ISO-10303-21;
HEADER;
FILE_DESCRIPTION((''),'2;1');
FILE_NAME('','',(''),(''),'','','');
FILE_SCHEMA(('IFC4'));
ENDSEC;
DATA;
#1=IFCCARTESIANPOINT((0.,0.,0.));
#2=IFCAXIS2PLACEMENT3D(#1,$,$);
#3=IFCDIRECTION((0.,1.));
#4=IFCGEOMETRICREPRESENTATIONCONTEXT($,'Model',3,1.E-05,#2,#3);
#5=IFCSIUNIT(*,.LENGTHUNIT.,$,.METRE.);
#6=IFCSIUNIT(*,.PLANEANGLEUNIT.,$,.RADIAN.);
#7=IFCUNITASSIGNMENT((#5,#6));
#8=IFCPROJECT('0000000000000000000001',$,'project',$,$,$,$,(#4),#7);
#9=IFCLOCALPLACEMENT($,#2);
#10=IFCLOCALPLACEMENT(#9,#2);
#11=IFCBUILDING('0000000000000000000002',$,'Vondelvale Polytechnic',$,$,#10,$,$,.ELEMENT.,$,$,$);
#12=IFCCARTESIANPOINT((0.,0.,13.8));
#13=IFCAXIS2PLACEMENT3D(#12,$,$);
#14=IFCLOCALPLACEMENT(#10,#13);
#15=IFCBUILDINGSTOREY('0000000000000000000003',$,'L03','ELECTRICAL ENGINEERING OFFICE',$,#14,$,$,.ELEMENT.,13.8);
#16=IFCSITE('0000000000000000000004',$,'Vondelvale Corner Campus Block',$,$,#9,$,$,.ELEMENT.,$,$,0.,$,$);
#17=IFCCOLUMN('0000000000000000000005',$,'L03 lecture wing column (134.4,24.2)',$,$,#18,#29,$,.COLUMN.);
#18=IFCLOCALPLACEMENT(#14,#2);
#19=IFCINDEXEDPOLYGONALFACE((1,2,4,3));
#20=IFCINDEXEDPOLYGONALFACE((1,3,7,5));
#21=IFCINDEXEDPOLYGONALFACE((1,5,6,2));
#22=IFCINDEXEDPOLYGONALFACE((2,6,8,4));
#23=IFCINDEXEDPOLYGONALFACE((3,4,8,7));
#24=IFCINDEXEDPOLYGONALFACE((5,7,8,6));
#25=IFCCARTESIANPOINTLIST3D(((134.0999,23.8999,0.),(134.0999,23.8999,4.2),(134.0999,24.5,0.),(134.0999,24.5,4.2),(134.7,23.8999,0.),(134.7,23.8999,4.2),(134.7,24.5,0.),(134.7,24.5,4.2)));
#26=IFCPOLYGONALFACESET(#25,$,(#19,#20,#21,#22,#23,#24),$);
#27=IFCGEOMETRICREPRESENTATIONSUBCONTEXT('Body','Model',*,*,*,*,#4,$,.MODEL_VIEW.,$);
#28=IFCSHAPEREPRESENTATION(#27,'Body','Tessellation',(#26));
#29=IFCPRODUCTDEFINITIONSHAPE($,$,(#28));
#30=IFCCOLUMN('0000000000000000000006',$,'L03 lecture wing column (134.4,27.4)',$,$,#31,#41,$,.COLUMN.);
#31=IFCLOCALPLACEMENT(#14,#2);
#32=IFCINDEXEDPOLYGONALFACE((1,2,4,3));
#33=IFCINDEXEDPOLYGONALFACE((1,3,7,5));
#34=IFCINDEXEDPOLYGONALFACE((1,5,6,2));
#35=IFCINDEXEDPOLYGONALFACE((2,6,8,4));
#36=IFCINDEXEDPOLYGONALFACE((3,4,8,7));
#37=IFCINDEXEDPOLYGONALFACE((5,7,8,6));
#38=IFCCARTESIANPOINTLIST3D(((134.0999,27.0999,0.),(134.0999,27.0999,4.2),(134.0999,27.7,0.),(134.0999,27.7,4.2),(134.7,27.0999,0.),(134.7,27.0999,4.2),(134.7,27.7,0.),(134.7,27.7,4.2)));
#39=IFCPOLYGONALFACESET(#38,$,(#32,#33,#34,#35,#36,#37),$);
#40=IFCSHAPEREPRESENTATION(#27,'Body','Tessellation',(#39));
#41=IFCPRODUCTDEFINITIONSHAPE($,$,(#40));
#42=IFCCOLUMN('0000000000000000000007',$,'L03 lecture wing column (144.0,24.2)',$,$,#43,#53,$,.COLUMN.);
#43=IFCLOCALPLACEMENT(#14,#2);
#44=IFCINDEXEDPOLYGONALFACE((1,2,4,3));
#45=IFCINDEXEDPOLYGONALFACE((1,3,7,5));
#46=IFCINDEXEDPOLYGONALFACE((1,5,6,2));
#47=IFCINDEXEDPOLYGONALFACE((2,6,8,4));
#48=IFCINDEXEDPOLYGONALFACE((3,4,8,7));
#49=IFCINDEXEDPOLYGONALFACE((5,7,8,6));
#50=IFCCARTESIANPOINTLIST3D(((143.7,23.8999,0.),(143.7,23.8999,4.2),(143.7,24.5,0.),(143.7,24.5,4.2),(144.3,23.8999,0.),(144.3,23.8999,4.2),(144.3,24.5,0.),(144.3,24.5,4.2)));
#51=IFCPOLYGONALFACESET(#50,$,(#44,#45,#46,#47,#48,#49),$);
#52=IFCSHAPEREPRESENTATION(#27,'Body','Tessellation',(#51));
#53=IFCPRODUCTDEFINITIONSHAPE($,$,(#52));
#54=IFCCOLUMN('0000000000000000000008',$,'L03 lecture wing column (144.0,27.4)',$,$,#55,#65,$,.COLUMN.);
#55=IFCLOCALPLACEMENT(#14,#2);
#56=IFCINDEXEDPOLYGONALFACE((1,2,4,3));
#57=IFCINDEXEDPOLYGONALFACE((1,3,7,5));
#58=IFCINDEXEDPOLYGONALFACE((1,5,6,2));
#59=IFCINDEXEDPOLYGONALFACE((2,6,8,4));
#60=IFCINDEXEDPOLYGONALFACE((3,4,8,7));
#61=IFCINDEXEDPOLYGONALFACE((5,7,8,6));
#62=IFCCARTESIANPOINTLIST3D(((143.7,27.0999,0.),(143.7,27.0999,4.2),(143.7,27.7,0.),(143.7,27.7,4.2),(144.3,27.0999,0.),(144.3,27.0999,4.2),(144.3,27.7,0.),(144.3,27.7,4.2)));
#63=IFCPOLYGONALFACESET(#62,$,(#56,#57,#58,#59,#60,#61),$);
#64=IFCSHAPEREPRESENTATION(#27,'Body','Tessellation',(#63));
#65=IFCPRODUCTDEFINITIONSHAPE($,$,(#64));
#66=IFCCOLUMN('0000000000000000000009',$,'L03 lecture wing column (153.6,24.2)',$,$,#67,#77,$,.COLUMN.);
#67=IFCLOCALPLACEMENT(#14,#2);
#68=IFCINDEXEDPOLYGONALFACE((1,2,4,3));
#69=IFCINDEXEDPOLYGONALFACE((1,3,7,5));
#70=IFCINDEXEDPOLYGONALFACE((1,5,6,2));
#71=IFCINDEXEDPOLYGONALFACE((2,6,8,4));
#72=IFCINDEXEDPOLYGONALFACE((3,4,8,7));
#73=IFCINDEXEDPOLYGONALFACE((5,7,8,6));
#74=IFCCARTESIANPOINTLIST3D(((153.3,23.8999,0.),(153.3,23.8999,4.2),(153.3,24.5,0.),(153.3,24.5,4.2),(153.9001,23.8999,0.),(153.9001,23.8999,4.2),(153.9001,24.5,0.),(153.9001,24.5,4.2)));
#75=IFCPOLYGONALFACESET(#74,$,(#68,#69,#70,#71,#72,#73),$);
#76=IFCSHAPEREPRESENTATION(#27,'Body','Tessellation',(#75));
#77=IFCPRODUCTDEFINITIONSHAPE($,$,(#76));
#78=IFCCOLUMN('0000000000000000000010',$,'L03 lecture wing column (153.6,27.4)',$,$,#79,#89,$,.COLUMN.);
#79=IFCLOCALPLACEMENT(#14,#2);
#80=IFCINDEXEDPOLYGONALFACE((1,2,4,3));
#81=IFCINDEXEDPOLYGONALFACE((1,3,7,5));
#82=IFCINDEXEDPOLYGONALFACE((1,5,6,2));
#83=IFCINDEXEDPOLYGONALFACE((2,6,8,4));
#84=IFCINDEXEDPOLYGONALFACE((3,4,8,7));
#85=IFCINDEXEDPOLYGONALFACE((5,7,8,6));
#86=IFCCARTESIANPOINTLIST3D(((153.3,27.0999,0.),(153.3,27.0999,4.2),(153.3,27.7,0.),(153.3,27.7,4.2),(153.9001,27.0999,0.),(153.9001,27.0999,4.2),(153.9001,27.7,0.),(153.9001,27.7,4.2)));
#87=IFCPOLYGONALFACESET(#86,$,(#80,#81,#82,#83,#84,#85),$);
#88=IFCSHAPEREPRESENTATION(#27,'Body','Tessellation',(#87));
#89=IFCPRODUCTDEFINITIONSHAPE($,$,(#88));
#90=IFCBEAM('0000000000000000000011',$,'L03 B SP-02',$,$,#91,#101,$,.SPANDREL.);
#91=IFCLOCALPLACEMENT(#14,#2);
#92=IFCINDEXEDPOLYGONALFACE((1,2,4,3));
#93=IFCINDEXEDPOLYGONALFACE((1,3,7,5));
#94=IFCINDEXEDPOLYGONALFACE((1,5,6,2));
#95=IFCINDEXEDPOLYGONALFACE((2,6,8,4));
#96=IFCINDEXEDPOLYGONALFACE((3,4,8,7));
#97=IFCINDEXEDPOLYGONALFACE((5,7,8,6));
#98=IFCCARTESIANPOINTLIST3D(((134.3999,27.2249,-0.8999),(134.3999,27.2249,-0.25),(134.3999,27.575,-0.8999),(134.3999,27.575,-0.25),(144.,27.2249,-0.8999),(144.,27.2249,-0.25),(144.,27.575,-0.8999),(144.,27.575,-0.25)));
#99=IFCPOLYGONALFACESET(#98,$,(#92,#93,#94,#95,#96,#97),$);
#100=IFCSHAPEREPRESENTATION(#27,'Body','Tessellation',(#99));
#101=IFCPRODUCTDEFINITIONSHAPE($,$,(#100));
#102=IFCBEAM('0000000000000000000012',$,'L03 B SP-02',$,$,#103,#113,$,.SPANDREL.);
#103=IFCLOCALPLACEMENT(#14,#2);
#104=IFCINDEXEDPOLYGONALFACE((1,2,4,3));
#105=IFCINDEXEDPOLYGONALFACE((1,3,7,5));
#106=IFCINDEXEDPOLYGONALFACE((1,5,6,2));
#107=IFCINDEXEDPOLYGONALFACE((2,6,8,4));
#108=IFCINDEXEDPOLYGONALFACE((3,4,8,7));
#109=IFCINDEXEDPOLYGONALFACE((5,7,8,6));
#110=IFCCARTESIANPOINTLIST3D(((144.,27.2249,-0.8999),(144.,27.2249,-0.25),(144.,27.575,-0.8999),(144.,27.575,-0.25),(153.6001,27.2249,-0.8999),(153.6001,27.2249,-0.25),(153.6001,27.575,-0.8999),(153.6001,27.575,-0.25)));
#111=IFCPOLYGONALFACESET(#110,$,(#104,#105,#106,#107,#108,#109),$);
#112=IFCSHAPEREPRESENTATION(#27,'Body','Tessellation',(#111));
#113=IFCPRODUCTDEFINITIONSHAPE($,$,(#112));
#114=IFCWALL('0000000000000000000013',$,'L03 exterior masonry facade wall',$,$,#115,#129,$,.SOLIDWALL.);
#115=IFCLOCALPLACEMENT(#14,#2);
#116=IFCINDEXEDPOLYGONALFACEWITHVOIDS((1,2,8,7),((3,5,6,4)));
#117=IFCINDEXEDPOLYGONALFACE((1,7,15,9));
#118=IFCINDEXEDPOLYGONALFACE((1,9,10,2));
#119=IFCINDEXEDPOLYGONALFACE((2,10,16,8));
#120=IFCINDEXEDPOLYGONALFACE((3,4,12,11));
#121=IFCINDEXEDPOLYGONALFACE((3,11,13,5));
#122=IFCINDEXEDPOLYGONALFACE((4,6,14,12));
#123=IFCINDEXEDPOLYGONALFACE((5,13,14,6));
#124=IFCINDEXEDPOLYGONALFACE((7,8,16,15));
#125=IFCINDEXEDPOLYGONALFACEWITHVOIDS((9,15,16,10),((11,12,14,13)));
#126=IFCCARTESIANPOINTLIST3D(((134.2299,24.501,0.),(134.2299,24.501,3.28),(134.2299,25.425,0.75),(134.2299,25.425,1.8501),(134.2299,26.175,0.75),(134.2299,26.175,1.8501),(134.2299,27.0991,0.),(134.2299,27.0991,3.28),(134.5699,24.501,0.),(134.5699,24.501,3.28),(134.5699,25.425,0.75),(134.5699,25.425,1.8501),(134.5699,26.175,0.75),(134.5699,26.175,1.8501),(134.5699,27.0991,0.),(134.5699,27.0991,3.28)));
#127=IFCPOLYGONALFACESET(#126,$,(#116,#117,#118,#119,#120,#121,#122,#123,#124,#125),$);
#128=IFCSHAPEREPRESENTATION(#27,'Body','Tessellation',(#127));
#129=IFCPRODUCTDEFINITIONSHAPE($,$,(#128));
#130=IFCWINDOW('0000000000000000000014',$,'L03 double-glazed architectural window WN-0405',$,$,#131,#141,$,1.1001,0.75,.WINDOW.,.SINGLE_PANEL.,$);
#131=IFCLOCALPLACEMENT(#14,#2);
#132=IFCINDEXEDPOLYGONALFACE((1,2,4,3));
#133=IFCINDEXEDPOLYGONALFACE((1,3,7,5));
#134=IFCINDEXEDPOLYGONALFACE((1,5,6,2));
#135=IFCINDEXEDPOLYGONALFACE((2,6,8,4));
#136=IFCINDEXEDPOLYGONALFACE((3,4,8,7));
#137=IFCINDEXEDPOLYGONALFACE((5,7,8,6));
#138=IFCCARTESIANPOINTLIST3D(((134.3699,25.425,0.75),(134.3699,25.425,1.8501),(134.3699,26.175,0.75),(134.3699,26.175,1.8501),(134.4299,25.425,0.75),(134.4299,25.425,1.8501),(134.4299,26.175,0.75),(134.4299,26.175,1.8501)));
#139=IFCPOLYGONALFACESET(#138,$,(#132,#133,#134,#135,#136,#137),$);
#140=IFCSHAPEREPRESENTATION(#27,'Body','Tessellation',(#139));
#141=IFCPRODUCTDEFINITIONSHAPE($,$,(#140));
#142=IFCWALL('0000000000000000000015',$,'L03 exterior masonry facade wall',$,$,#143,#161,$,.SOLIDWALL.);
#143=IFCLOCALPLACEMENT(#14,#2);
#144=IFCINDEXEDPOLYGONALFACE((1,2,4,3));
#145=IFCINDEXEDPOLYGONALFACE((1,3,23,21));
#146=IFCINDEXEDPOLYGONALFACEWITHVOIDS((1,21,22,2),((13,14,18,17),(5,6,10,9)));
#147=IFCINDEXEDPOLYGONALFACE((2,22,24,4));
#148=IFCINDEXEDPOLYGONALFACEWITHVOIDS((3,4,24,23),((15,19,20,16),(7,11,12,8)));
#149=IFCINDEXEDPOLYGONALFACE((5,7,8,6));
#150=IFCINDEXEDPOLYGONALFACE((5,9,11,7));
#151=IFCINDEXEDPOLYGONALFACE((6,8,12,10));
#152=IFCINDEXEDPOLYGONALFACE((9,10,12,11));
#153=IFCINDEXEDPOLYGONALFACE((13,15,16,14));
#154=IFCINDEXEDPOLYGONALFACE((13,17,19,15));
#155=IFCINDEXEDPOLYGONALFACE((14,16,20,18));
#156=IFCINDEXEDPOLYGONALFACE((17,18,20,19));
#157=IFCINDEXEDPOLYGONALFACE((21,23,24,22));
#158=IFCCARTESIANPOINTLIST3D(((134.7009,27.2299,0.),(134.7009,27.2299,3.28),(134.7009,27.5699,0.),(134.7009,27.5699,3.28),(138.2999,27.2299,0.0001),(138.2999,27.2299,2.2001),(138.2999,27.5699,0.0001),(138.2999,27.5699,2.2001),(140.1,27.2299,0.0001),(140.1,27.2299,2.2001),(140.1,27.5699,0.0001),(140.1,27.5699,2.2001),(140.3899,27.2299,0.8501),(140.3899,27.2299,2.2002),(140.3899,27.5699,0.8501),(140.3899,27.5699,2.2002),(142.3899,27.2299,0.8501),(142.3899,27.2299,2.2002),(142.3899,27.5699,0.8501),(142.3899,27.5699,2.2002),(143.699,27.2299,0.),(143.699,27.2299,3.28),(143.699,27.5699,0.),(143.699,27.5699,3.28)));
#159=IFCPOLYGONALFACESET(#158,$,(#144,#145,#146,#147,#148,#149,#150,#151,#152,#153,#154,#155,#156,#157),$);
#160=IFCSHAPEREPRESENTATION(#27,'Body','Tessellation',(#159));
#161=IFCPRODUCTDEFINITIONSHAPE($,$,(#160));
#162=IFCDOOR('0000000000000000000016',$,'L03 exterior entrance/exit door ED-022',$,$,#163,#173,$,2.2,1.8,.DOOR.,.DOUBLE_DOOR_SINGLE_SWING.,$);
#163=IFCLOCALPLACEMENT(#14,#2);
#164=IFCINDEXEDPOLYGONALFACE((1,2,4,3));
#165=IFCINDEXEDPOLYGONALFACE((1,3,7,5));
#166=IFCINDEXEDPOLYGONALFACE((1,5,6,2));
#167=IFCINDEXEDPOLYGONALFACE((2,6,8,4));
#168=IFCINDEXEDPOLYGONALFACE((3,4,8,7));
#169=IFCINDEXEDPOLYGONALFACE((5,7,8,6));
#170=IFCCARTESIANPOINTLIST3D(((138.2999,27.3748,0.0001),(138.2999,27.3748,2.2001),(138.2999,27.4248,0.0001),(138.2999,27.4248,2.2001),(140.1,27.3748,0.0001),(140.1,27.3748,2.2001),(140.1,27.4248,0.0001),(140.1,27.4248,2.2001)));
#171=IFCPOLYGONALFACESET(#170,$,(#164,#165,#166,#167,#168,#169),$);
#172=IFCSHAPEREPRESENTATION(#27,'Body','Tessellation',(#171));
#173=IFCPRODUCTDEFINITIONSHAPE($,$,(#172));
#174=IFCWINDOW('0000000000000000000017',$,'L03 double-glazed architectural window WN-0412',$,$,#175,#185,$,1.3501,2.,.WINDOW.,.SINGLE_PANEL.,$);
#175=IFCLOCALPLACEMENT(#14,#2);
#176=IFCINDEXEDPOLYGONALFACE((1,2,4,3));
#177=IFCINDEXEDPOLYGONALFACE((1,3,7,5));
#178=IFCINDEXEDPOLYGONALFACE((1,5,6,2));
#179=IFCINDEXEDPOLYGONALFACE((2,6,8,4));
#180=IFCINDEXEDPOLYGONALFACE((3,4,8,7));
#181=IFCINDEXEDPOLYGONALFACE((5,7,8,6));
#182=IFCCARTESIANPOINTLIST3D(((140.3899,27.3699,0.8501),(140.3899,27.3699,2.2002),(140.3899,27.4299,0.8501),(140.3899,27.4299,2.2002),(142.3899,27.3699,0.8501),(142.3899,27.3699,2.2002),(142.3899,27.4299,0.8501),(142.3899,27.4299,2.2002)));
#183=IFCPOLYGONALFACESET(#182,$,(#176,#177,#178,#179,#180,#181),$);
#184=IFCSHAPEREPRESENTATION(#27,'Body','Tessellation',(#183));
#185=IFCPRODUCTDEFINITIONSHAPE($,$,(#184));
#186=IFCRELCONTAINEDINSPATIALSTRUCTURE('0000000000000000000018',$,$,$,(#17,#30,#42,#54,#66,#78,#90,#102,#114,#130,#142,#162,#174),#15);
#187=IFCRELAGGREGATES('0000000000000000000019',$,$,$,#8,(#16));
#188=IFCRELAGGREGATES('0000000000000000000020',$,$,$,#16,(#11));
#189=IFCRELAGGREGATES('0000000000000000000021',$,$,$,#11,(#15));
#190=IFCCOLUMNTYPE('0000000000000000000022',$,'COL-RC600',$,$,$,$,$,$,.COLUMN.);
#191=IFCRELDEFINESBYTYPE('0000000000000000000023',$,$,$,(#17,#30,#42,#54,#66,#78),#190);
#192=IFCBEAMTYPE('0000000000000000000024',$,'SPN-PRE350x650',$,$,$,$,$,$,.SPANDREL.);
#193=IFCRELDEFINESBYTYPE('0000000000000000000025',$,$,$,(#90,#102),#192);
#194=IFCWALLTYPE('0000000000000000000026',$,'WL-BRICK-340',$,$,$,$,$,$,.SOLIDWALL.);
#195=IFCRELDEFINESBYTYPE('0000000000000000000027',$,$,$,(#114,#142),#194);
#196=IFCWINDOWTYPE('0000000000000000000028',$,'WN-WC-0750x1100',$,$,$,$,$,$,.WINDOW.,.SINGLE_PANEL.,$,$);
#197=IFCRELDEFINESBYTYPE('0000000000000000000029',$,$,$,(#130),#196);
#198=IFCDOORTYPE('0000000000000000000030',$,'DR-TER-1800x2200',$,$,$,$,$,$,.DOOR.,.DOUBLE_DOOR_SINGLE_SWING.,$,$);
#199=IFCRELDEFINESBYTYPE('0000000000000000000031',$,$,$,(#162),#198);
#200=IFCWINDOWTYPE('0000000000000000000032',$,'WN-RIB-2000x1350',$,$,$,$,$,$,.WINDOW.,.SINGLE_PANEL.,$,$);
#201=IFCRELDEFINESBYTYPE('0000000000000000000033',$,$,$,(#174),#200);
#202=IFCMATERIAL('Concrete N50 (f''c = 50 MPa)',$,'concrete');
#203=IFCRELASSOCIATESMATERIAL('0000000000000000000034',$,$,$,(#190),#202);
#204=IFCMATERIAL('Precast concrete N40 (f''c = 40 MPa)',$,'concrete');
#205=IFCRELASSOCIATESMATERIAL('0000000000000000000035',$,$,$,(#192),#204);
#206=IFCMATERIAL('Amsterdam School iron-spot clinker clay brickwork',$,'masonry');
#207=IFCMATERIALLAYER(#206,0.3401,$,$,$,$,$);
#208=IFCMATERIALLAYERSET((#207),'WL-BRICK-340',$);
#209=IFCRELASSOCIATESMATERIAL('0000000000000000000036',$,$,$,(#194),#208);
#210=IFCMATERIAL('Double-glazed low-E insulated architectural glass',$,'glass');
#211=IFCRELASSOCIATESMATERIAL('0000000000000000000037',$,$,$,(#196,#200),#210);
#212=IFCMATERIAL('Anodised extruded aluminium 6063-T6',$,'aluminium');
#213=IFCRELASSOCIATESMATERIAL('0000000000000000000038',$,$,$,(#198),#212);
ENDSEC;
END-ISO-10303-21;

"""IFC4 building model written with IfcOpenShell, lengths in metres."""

from ifc_helpers import new_model, si_unit, direction, frame, frame_2d, origin, origin_2d, place, context, subcontext, project, spatial, rectangle, extrude, material, layer, layer_set, material_profile, profile_set, type_object, element, fill, save


model = new_model("IFC4")

# Units and contexts
model_context = context("Model", 3, precision=1e-05, world=origin(), true_north=direction((0.0, 1.0)))
body_context = subcontext(model_context, "Body", "Model", "MODEL_VIEW")
ifc_project = project(units=[si_unit("LENGTHUNIT", "METRE"), si_unit("PLANEANGLEUNIT", "RADIAN")], contexts=[model_context])

# Site, building, storey
site_placement = place(None, origin())
site = spatial("IfcSite", under=ifc_project, at=site_placement, Name="Vondelvale Corner Campus Block", CompositionType="ELEMENT", RefElevation=0.0)
building_placement = place(site_placement, origin())
building = spatial("IfcBuilding", under=site, at=building_placement, Name="Vondelvale Polytechnic", CompositionType="ELEMENT")
storey_placement = place(building_placement, frame((0.0, 0.0, 13.8)))
storey = spatial("IfcBuildingStorey", under=building, at=storey_placement, Name="L03", Description="ELECTRICAL ENGINEERING OFFICE", CompositionType="ELEMENT", Elevation=13.8)

# Columns
ifc_material_1 = material(Name="Concrete N50 (f'c = 50 MPa)", Category="concrete")
ifc_material_profile_1 = material_profile(ifc_material_1, rectangle(XDim=0.6001, YDim=0.6001, at=origin_2d()), Name="RC-COL-600x600")
ifc_profile_set_1 = profile_set([ifc_material_profile_1], Name="Concrete N50 (f'c = 50 MPa)")
column_type = type_object("IfcColumnType", Name="COL-RC600", PredefinedType="COLUMN", material=ifc_profile_set_1)
for number, where, z_axis, x_axis, name in (
    (1, (134.3999, 24.2, 0.0), (0.0, 0.0, 1.0), (1.0, 0.0, 0.0), "L03 lecture wing column (134.4,24.2)"),
    (2, (134.3999, 27.3999, 0.0), (0.0, 0.0, 1.0), (1.0, 0.0, 0.0), "L03 lecture wing column (134.4,27.4)"),
    (3, (144.0, 24.2, 0.0), (0.0, 0.0, 1.0), (1.0, 0.0, 0.0), "L03 lecture wing column (144.0,24.2)"),
    (4, (144.0, 27.3999, 0.0), (0.0, 0.0, 1.0), (1.0, 0.0, 0.0), "L03 lecture wing column (144.0,27.4)"),
    (5, (153.6001, 24.2, 0.0), (0.0, 0.0, 1.0), (1.0, 0.0, 0.0), "L03 lecture wing column (153.6,24.2)"),
    (6, (153.6001, 27.3999, 0.0), (0.0, 0.0, 1.0), (1.0, 0.0, 0.0), "L03 lecture wing column (153.6,27.4)"),
):
    element("IfcColumn", number, at=place(storey_placement, frame(where, z_axis=z_axis, x_axis=x_axis)), inside=storey, type_object=column_type, Name=name, PredefinedType="COLUMN", context=body_context, shape_type="SweptSolid", body=[
        extrude(rectangle(XDim=0.6001, YDim=0.6001, at=origin_2d()), origin(), (0.0, 0.0, 1.0), 4.2),
    ])

# Beams
ifc_material_2 = material(Name="Precast concrete N40 (f'c = 40 MPa)", Category="concrete")
ifc_material_profile_2 = material_profile(ifc_material_2, rectangle(XDim=0.3501, YDim=0.6499, at=origin_2d()), Name="RC-SPN-350x650")
ifc_profile_set_2 = profile_set([ifc_material_profile_2], Name="Precast concrete N40 (f'c = 40 MPa)")
beam_type = type_object("IfcBeamType", Name="SPN-PRE350x650", PredefinedType="SPANDREL", material=ifc_profile_set_2)
for number, where, z_axis, x_axis, name in (
    (7, (134.3999, 27.3999, -0.575), (1.0, 0.0, 0.0), (0.0, 1.0, 0.0), "L03 B SP-02"),
    (8, (144.0, 27.3999, -0.575), (1.0, 0.0, 0.0), (0.0, 1.0, 0.0), "L03 B SP-02"),
):
    element("IfcBeam", number, at=place(storey_placement, frame(where, z_axis=z_axis, x_axis=x_axis)), inside=storey, type_object=beam_type, Name=name, PredefinedType="SPANDREL", context=body_context, shape_type="SweptSolid", body=[
        extrude(rectangle(XDim=0.3501, YDim=0.6499, at=origin_2d()), origin(), (0.0, 0.0, 1.0), 9.6001),
    ])

# Wall, opening, window
ifc_material_3 = material(Name="Amsterdam School iron-spot clinker clay brickwork", Category="masonry")
ifc_layer_1 = layer(ifc_material_3, 0.3401)
ifc_layer_set_1 = layer_set([ifc_layer_1], Name="WL-BRICK-340")
wall_type_1 = type_object("IfcWallType", Name="WL-BRICK-340", PredefinedType="SOLIDWALL", material=ifc_layer_set_1)
wall_1_placement = place(storey_placement, frame((134.3999, 24.501, 0.0), z_axis=(0.0, 0.0, 1.0), x_axis=(0.0, 1.0, 0.0)))
wall_1 = element("IfcWall", 9, at=wall_1_placement, inside=storey, type_object=wall_type_1, Name="L03 exterior masonry facade wall", PredefinedType="SOLIDWALL", context=body_context, shape_type="SweptSolid", body=[
    extrude(rectangle(XDim=2.5981, YDim=0.3401, at=frame_2d((1.2991, 0.0))), origin(), (0.0, 0.0, 1.0), 3.28),
])
opening_1_placement = place(wall_1_placement, frame((0.9241, 0.0, 0.75)))
opening_1 = element("IfcOpeningElement", 10, at=opening_1_placement, cuts=wall_1, PredefinedType="OPENING", context=body_context, shape_type="SweptSolid", body=[
    extrude(rectangle(XDim=0.75, YDim=1.1001, at=frame_2d((0.375, 0.55))), frame((0.0, 0.1799, 0.0), z_axis=(0.0, -1.0, 0.0), x_axis=(1.0, 0.0, 0.0)), (0.0, 0.0, 1.0), 0.3601),
])
ifc_material_4 = material(Name="Double-glazed low-E insulated architectural glass", Category="glass")
window_type_1 = type_object("IfcWindowType", Name="WN-WC-0750x1100", PartitioningType="SINGLE_PANEL", PredefinedType="WINDOW", material=ifc_material_4)
window_1_placement = place(opening_1_placement, origin())
window_1 = element("IfcWindow", 11, at=window_1_placement, inside=storey, type_object=window_type_1, Name="L03 double-glazed architectural window WN-0405", OverallHeight=1.1001, OverallWidth=0.75, PartitioningType="SINGLE_PANEL", PredefinedType="WINDOW", context=body_context, shape_type="SweptSolid", body=[
    extrude(rectangle(XDim=0.75, YDim=1.1001, at=frame_2d((0.375, 0.55))), frame((0.0, 0.03, 0.0), z_axis=(0.0, -1.0, 0.0), x_axis=(1.0, 0.0, 0.0)), (0.0, 0.0, 1.0), 0.0601),
])
fill(opening_1, window_1)

# Wall, openings, door, window
wall_2_placement = place(storey_placement, frame((134.7009, 27.3999, 0.0), z_axis=(0.0, 0.0, 1.0), x_axis=(1.0, 0.0, 0.0)))
wall_2 = element("IfcWall", 12, at=wall_2_placement, inside=storey, type_object=wall_type_1, Name="L03 exterior masonry facade wall", PredefinedType="SOLIDWALL", context=body_context, shape_type="SweptSolid", body=[
    extrude(rectangle(XDim=8.998, YDim=0.3401, at=frame_2d((4.499, 0.0))), origin(), (0.0, 0.0, 1.0), 3.28),
])
opening_2_placement = place(wall_2_placement, frame((3.5991, 0.0, 0.0)))
opening_2 = element("IfcOpeningElement", 13, at=opening_2_placement, cuts=wall_2, PredefinedType="OPENING", context=body_context, shape_type="SweptSolid", body=[
    extrude(rectangle(XDim=1.8, YDim=2.2, at=frame_2d((0.8999, 1.1001))), frame((0.0, 0.1799, 0.0), z_axis=(0.0, -1.0, 0.0), x_axis=(1.0, 0.0, 0.0)), (0.0, 0.0, 1.0), 0.3601),
])
opening_3_placement = place(wall_2_placement, frame((5.689, 0.0, 0.8501)))
opening_3 = element("IfcOpeningElement", 14, at=opening_3_placement, cuts=wall_2, PredefinedType="OPENING", context=body_context, shape_type="SweptSolid", body=[
    extrude(rectangle(XDim=2.0, YDim=1.3501, at=frame_2d((1.0, 0.675))), frame((0.0, 0.1799, 0.0), z_axis=(0.0, -1.0, 0.0), x_axis=(1.0, 0.0, 0.0)), (0.0, 0.0, 1.0), 0.3601),
])
ifc_material_5 = material(Name="Anodised extruded aluminium 6063-T6", Category="aluminium")
door_type_1 = type_object("IfcDoorType", Name="DR-TER-1800x2200", OperationType="DOUBLE_DOOR_SINGLE_SWING", PredefinedType="DOOR", material=ifc_material_5)
door_1_placement = place(opening_2_placement, origin())
door_1 = element("IfcDoor", 15, at=door_1_placement, inside=storey, type_object=door_type_1, Name="L03 exterior entrance/exit door ED-022", OperationType="DOUBLE_DOOR_SINGLE_SWING", OverallHeight=2.2, OverallWidth=1.8, PredefinedType="DOOR", context=body_context, shape_type="SweptSolid", body=[
    extrude(rectangle(XDim=1.8, YDim=2.2, at=frame_2d((0.8999, 1.1001))), frame((0.0, 0.0249, 0.0), z_axis=(0.0, -1.0, 0.0), x_axis=(1.0, 0.0, 0.0)), (0.0, 0.0, 1.0), 0.05),
])
fill(opening_2, door_1)
window_type_2 = type_object("IfcWindowType", Name="WN-RIB-2000x1350", PartitioningType="SINGLE_PANEL", PredefinedType="WINDOW", material=ifc_material_4)
window_2_placement = place(opening_3_placement, origin())
window_2 = element("IfcWindow", 16, at=window_2_placement, inside=storey, type_object=window_type_2, Name="L03 double-glazed architectural window WN-0412", OverallHeight=1.3501, OverallWidth=2.0, PartitioningType="SINGLE_PANEL", PredefinedType="WINDOW", context=body_context, shape_type="SweptSolid", body=[
    extrude(rectangle(XDim=2.0, YDim=1.3501, at=frame_2d((1.0, 0.675))), frame((0.0, 0.03, 0.0), z_axis=(0.0, -1.0, 0.0), x_axis=(1.0, 0.0, 0.0)), (0.0, 0.0, 1.0), 0.0601),
])
fill(opening_3, window_2)

save(model, "model.ifc")
